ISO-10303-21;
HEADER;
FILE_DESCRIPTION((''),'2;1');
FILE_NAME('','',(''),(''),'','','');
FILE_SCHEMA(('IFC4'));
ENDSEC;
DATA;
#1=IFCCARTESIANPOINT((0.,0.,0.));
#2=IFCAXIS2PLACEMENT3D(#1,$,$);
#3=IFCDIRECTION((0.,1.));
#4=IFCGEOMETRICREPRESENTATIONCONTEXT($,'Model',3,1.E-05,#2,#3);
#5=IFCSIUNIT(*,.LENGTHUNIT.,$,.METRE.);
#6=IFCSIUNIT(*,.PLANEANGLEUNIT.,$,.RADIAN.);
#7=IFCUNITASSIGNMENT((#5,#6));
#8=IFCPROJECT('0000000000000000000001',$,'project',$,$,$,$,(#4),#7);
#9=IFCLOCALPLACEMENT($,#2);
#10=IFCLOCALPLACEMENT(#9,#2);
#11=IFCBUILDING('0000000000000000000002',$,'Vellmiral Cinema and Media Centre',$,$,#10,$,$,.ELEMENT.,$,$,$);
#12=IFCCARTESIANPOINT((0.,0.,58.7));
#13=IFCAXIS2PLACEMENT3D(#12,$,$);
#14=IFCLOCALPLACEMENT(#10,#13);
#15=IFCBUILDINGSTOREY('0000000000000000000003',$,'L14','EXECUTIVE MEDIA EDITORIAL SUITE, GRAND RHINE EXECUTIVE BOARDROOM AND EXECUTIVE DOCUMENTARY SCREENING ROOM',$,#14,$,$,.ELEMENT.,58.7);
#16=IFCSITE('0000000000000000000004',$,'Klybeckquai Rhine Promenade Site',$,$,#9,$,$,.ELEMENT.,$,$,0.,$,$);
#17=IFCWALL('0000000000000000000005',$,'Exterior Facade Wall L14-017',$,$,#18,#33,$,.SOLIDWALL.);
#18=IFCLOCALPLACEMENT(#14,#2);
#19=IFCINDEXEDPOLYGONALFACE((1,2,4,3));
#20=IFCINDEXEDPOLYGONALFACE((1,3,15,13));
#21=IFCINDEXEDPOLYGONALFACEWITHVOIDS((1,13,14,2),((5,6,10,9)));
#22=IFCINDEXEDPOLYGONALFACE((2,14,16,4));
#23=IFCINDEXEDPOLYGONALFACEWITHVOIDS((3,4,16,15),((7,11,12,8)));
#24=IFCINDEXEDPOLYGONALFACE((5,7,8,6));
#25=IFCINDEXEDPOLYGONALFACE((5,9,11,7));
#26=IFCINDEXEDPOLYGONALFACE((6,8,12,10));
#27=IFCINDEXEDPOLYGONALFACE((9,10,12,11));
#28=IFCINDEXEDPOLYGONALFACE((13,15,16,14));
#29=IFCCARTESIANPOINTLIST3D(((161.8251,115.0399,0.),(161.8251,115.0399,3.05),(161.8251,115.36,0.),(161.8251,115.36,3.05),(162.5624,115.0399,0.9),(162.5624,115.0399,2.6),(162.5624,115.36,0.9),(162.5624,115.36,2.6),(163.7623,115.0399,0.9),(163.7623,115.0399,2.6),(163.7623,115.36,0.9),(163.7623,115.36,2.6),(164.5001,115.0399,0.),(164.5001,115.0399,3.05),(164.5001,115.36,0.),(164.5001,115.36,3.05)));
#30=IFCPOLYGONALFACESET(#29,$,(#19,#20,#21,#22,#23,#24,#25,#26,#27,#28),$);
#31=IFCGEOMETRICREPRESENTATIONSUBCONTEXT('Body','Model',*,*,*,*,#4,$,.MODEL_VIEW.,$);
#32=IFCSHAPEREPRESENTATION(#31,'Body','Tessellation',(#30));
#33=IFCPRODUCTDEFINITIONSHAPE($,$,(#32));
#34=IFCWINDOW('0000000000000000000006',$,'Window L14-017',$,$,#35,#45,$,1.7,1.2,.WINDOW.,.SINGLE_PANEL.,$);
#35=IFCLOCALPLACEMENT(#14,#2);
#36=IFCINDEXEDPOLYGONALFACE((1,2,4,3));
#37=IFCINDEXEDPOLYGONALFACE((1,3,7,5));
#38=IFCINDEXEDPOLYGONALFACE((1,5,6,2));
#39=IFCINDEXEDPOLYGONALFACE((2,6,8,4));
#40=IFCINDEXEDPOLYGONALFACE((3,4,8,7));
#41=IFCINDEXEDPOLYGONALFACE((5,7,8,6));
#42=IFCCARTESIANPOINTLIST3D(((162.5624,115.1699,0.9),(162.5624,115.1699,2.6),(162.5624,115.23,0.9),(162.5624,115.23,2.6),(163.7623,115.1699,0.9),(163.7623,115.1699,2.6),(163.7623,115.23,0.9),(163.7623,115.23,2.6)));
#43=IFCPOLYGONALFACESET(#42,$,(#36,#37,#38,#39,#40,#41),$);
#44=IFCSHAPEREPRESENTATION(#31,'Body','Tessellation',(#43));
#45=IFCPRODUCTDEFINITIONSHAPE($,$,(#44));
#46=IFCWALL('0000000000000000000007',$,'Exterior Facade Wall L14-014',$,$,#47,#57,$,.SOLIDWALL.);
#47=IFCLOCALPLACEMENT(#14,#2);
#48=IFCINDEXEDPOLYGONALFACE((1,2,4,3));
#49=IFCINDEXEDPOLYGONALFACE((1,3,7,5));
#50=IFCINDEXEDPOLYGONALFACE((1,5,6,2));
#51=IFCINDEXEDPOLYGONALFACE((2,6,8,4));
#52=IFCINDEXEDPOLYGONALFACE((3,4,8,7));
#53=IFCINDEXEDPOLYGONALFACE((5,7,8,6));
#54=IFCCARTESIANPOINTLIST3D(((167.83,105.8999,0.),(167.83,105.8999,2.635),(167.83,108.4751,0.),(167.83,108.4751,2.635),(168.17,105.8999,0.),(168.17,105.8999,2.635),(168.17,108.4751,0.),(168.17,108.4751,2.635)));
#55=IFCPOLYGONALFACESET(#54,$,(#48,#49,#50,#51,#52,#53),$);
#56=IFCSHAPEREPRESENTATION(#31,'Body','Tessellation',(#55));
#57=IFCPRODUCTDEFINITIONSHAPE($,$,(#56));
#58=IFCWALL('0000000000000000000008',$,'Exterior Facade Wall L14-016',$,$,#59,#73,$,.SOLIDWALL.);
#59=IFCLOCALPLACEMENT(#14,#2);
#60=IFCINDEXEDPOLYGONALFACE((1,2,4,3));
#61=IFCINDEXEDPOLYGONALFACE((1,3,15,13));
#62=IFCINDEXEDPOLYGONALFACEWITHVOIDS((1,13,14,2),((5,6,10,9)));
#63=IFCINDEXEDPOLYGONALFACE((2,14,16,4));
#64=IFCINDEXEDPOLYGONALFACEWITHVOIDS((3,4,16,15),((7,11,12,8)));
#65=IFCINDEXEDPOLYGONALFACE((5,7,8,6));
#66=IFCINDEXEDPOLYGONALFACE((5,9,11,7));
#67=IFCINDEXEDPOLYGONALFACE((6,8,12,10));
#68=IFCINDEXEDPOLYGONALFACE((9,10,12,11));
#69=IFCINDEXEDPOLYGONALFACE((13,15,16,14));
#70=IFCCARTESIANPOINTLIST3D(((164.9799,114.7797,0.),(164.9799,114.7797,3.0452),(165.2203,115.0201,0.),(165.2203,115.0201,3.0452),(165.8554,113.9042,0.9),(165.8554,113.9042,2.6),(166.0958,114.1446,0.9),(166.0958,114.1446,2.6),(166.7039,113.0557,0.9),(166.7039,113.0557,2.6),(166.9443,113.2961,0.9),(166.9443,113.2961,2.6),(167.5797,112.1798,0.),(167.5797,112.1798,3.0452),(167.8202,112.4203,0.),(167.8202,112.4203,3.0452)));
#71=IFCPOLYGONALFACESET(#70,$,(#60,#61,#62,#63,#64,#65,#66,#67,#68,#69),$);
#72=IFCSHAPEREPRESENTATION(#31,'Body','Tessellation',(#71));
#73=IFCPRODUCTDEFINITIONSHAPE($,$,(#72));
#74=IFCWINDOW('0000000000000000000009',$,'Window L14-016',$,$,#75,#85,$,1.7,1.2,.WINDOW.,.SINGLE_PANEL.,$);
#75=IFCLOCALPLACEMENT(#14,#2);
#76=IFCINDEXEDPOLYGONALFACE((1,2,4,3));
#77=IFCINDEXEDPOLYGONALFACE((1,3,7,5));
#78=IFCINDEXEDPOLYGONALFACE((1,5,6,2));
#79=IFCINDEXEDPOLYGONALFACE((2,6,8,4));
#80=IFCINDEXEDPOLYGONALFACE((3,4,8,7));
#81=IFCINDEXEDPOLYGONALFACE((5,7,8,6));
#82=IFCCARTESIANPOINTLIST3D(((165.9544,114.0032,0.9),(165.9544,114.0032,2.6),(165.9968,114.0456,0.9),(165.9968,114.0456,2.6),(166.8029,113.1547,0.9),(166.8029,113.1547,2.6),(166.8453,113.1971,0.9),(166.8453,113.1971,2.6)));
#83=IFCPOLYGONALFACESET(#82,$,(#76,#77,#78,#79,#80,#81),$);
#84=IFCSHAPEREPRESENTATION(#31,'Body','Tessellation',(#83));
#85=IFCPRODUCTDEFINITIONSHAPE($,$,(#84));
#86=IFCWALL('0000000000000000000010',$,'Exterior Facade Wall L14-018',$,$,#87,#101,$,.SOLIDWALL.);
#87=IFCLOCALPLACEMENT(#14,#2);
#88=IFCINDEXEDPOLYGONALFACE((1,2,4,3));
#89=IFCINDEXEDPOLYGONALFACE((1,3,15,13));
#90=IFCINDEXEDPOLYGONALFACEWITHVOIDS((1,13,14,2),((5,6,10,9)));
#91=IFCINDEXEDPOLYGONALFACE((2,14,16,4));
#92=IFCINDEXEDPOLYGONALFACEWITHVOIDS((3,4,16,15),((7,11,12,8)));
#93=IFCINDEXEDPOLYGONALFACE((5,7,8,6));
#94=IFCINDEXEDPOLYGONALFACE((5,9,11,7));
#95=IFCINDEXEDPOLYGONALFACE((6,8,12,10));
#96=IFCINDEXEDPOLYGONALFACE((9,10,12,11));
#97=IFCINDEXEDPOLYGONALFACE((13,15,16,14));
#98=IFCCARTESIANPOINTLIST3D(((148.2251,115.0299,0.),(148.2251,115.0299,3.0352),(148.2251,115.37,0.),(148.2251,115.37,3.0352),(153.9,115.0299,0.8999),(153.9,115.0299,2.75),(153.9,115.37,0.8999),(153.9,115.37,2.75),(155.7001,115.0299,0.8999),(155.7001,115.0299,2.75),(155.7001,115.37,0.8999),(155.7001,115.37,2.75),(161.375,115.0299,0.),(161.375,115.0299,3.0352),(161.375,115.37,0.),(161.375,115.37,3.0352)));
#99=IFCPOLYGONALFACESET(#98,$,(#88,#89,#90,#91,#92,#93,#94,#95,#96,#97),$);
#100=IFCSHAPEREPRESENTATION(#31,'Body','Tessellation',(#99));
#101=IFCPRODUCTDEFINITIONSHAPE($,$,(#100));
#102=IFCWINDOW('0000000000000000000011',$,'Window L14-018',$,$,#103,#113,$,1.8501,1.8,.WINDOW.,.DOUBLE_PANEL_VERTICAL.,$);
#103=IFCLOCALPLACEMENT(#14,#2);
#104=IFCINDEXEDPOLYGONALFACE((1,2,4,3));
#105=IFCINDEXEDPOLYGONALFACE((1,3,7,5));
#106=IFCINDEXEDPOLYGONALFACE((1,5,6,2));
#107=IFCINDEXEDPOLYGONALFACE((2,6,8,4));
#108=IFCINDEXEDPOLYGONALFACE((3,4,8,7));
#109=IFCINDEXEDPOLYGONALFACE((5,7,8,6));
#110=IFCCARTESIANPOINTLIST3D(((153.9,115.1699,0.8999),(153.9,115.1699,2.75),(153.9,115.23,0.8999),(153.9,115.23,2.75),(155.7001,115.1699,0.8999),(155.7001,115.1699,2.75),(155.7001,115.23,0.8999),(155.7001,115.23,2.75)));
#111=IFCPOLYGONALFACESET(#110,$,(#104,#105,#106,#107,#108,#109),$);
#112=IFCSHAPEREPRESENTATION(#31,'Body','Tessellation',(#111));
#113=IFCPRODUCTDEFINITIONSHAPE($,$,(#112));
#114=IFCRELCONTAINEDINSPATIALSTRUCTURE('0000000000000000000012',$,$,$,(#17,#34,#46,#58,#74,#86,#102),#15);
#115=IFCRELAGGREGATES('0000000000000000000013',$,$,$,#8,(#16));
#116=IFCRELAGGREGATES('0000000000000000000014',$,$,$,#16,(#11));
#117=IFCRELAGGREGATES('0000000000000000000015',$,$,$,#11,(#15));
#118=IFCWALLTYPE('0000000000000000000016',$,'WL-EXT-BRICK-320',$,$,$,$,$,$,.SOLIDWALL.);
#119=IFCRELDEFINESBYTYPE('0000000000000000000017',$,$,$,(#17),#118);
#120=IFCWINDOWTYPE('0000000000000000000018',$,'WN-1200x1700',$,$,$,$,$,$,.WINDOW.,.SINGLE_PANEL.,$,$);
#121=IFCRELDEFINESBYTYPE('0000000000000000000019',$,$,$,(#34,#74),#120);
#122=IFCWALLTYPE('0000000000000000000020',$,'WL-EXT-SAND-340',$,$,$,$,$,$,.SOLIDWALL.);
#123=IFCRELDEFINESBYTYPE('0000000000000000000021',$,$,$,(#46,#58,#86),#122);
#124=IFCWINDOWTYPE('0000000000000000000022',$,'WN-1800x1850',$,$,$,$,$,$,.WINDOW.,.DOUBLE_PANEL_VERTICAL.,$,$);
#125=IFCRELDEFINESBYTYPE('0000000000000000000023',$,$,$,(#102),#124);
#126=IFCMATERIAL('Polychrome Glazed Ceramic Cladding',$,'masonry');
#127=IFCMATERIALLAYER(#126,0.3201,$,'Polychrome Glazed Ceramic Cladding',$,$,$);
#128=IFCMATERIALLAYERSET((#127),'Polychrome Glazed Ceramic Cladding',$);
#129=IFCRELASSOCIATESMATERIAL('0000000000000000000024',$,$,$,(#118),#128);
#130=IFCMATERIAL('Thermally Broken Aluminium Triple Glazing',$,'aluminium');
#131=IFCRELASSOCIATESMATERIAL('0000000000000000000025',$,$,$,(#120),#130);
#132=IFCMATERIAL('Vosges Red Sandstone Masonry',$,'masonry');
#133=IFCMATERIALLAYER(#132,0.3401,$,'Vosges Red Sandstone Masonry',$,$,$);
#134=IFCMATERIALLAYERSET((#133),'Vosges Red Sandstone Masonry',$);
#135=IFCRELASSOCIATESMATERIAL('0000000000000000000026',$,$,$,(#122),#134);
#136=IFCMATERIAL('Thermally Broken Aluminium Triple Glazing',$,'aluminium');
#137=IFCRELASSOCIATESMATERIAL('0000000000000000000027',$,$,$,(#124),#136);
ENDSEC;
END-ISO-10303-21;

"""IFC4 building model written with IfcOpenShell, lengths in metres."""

from ifc_helpers import new_model, si_unit, direction, frame, frame_2d, origin, place, context, subcontext, project, spatial, rectangle, extrude, material, layer, layer_set, type_object, element, fill, save


model = new_model("IFC4")

# Units and contexts
model_context = context("Model", 3, precision=1e-05, world=origin(), true_north=direction((0.0, 1.0)))
body_context = subcontext(model_context, "Body", "Model", "MODEL_VIEW")
ifc_project = project(units=[si_unit("LENGTHUNIT", "METRE"), si_unit("PLANEANGLEUNIT", "RADIAN")], contexts=[model_context])

# Site, building, storey
site_placement = place(None, origin())
site = spatial("IfcSite", under=ifc_project, at=site_placement, Name="Klybeckquai Rhine Promenade Site", CompositionType="ELEMENT", RefElevation=0.0)
building_placement = place(site_placement, origin())
building = spatial("IfcBuilding", under=site, at=building_placement, Name="Vellmiral Cinema and Media Centre", CompositionType="ELEMENT")
storey_placement = place(building_placement, frame((0.0, 0.0, 58.7)))
storey = spatial("IfcBuildingStorey", under=building, at=storey_placement, Name="L14", Description="EXECUTIVE MEDIA EDITORIAL SUITE, GRAND RHINE EXECUTIVE BOARDROOM AND EXECUTIVE DOCUMENTARY SCREENING ROOM", CompositionType="ELEMENT", Elevation=58.7)

# Shared definitions
ifc_material_1 = material(Name="Polychrome Glazed Ceramic Cladding", Category="masonry")
ifc_layer_1 = layer(ifc_material_1, 0.3201, Name="Polychrome Glazed Ceramic Cladding")
ifc_layer_set_1 = layer_set([ifc_layer_1], Name="Polychrome Glazed Ceramic Cladding")
wall_type_1 = type_object("IfcWallType", Name="WL-EXT-BRICK-320", PredefinedType="SOLIDWALL", material=ifc_layer_set_1)

# Wall, opening, window
wall_1_placement = place(storey_placement, frame((164.5, 115.2, 0.0), z_axis=(0.0, 0.0, 1.0), x_axis=(-1.0, 0.0, 0.0)))
wall_1 = element("IfcWall", 1, at=wall_1_placement, inside=storey, type_object=wall_type_1, Name="Exterior Facade Wall L14-017", PredefinedType="SOLIDWALL", context=body_context, shape_type="SweptSolid", body=[
    extrude(rectangle(XDim=2.675, YDim=0.3201, at=frame_2d((1.3374, 0.0))), origin(), (0.0, 0.0, 1.0), 3.05),
])
opening_1_placement = place(wall_1_placement, frame((0.7375, 0.0, 0.8999)))
opening_1 = element("IfcOpeningElement", 2, at=opening_1_placement, cuts=wall_1, PredefinedType="OPENING", context=body_context, shape_type="SweptSolid", body=[
    extrude(rectangle(XDim=1.2, YDim=1.7, at=frame_2d((0.6001, 0.8501))), frame((0.0, 0.1719, 0.0), z_axis=(0.0, -1.0, 0.0), x_axis=(1.0, 0.0, 0.0)), (0.0, 0.0, 1.0), 0.344),
])
ifc_material_2 = material(Name="Thermally Broken Aluminium Triple Glazing", Category="aluminium")
window_type_1 = type_object("IfcWindowType", Name="WN-1200x1700", PartitioningType="SINGLE_PANEL", PredefinedType="WINDOW", material=ifc_material_2)
window_1_placement = place(opening_1_placement, origin())
window_1 = element("IfcWindow", 3, at=window_1_placement, inside=storey, type_object=window_type_1, Name="Window L14-017", OverallHeight=1.7, OverallWidth=1.2, PartitioningType="SINGLE_PANEL", PredefinedType="WINDOW", context=body_context, shape_type="SweptSolid", body=[
    extrude(rectangle(XDim=1.2, YDim=1.7, at=frame_2d((0.6001, 0.8501))), frame((0.0, 0.03, 0.0), z_axis=(0.0, -1.0, 0.0), x_axis=(1.0, 0.0, 0.0)), (0.0, 0.0, 1.0), 0.0601),
])
fill(opening_1, window_1)

# Wall
ifc_material_3 = material(Name="Vosges Red Sandstone Masonry", Category="masonry")
ifc_layer_2 = layer(ifc_material_3, 0.3401, Name="Vosges Red Sandstone Masonry")
ifc_layer_set_2 = layer_set([ifc_layer_2], Name="Vosges Red Sandstone Masonry")
wall_type_2 = type_object("IfcWallType", Name="WL-EXT-SAND-340", PredefinedType="SOLIDWALL", material=ifc_layer_set_2)
wall_2_placement = place(storey_placement, frame((168.0, 105.8999, 0.0), z_axis=(0.0, 0.0, 1.0), x_axis=(0.0, 1.0, 0.0)))
element("IfcWall", 4, at=wall_2_placement, inside=storey, type_object=wall_type_2, Name="Exterior Facade Wall L14-014", PredefinedType="SOLIDWALL", context=body_context, shape_type="SweptSolid", body=[
    extrude(rectangle(XDim=2.5752, YDim=0.3401, at=frame_2d((1.2876, 0.0))), origin(), (0.0, 0.0, 1.0), 2.635),
])

# Walls, openings, windows
wall_3_placement = place(storey_placement, frame((167.7, 112.3, 0.0), z_axis=(0.0, 0.0, 1.0), x_axis=(-0.707107, 0.707107, 0.0)))
wall_3 = element("IfcWall", 5, at=wall_3_placement, inside=storey, type_object=wall_type_2, Name="Exterior Facade Wall L14-016", PredefinedType="SOLIDWALL", context=body_context, shape_type="SweptSolid", body=[
    extrude(rectangle(XDim=3.6768, YDim=0.3401, at=frame_2d((1.8384, 0.0))), origin(), (0.0, 0.0, 1.0), 3.0452),
])
opening_2_placement = place(wall_3_placement, frame((1.2385, 0.0, 0.8999)))
opening_2 = element("IfcOpeningElement", 6, at=opening_2_placement, cuts=wall_3, PredefinedType="OPENING", context=body_context, shape_type="SweptSolid", body=[
    extrude(rectangle(XDim=1.2, YDim=1.7, at=frame_2d((0.6001, 0.8501))), frame((0.0, 0.1821, 0.0), z_axis=(0.0, -1.0, 0.0), x_axis=(1.0, 0.0, 0.0)), (0.0, 0.0, 1.0), 0.364),
])
window_2_placement = place(opening_2_placement, origin())
window_2 = element("IfcWindow", 7, at=window_2_placement, inside=storey, type_object=window_type_1, Name="Window L14-016", OverallHeight=1.7, OverallWidth=1.2, PartitioningType="SINGLE_PANEL", PredefinedType="WINDOW", context=body_context, shape_type="SweptSolid", body=[
    extrude(rectangle(XDim=1.2, YDim=1.7, at=frame_2d((0.6001, 0.8501))), frame((0.0, 0.03, 0.0), z_axis=(0.0, -1.0, 0.0), x_axis=(1.0, 0.0, 0.0)), (0.0, 0.0, 1.0), 0.0601),
])
fill(opening_2, window_2)
wall_4_placement = place(storey_placement, frame((161.375, 115.2, 0.0), z_axis=(0.0, 0.0, 1.0), x_axis=(-1.0, 0.0, 0.0)))
wall_4 = element("IfcWall", 8, at=wall_4_placement, inside=storey, type_object=wall_type_2, Name="Exterior Facade Wall L14-018", PredefinedType="SOLIDWALL", context=body_context, shape_type="SweptSolid", body=[
    extrude(rectangle(XDim=13.1499, YDim=0.3401, at=frame_2d((6.575, 0.0))), origin(), (0.0, 0.0, 1.0), 3.0352),
])
opening_3_placement = place(wall_4_placement, frame((5.675, 0.0, 0.8999)))
opening_3 = element("IfcOpeningElement", 9, at=opening_3_placement, cuts=wall_4, PredefinedType="OPENING", context=body_context, shape_type="SweptSolid", body=[
    extrude(rectangle(XDim=1.8, YDim=1.8501, at=frame_2d((0.8999, 0.925))), frame((0.0, 0.1821, 0.0), z_axis=(0.0, -1.0, 0.0), x_axis=(1.0, 0.0, 0.0)), (0.0, 0.0, 1.0), 0.364),
])
ifc_material_4 = material(Name="Thermally Broken Aluminium Triple Glazing", Category="aluminium")
window_type_2 = type_object("IfcWindowType", Name="WN-1800x1850", PartitioningType="DOUBLE_PANEL_VERTICAL", PredefinedType="WINDOW", material=ifc_material_4)
window_3_placement = place(opening_3_placement, origin())
window_3 = element("IfcWindow", 10, at=window_3_placement, inside=storey, type_object=window_type_2, Name="Window L14-018", OverallHeight=1.8501, OverallWidth=1.8, PartitioningType="DOUBLE_PANEL_VERTICAL", PredefinedType="WINDOW", context=body_context, shape_type="SweptSolid", body=[
    extrude(rectangle(XDim=1.8, YDim=1.8501, at=frame_2d((0.8999, 0.925))), frame((0.0, 0.03, 0.0), z_axis=(0.0, -1.0, 0.0), x_axis=(1.0, 0.0, 0.0)), (0.0, 0.0, 1.0), 0.0601),
])
fill(opening_3, window_3)

save(model, "model.ifc")
